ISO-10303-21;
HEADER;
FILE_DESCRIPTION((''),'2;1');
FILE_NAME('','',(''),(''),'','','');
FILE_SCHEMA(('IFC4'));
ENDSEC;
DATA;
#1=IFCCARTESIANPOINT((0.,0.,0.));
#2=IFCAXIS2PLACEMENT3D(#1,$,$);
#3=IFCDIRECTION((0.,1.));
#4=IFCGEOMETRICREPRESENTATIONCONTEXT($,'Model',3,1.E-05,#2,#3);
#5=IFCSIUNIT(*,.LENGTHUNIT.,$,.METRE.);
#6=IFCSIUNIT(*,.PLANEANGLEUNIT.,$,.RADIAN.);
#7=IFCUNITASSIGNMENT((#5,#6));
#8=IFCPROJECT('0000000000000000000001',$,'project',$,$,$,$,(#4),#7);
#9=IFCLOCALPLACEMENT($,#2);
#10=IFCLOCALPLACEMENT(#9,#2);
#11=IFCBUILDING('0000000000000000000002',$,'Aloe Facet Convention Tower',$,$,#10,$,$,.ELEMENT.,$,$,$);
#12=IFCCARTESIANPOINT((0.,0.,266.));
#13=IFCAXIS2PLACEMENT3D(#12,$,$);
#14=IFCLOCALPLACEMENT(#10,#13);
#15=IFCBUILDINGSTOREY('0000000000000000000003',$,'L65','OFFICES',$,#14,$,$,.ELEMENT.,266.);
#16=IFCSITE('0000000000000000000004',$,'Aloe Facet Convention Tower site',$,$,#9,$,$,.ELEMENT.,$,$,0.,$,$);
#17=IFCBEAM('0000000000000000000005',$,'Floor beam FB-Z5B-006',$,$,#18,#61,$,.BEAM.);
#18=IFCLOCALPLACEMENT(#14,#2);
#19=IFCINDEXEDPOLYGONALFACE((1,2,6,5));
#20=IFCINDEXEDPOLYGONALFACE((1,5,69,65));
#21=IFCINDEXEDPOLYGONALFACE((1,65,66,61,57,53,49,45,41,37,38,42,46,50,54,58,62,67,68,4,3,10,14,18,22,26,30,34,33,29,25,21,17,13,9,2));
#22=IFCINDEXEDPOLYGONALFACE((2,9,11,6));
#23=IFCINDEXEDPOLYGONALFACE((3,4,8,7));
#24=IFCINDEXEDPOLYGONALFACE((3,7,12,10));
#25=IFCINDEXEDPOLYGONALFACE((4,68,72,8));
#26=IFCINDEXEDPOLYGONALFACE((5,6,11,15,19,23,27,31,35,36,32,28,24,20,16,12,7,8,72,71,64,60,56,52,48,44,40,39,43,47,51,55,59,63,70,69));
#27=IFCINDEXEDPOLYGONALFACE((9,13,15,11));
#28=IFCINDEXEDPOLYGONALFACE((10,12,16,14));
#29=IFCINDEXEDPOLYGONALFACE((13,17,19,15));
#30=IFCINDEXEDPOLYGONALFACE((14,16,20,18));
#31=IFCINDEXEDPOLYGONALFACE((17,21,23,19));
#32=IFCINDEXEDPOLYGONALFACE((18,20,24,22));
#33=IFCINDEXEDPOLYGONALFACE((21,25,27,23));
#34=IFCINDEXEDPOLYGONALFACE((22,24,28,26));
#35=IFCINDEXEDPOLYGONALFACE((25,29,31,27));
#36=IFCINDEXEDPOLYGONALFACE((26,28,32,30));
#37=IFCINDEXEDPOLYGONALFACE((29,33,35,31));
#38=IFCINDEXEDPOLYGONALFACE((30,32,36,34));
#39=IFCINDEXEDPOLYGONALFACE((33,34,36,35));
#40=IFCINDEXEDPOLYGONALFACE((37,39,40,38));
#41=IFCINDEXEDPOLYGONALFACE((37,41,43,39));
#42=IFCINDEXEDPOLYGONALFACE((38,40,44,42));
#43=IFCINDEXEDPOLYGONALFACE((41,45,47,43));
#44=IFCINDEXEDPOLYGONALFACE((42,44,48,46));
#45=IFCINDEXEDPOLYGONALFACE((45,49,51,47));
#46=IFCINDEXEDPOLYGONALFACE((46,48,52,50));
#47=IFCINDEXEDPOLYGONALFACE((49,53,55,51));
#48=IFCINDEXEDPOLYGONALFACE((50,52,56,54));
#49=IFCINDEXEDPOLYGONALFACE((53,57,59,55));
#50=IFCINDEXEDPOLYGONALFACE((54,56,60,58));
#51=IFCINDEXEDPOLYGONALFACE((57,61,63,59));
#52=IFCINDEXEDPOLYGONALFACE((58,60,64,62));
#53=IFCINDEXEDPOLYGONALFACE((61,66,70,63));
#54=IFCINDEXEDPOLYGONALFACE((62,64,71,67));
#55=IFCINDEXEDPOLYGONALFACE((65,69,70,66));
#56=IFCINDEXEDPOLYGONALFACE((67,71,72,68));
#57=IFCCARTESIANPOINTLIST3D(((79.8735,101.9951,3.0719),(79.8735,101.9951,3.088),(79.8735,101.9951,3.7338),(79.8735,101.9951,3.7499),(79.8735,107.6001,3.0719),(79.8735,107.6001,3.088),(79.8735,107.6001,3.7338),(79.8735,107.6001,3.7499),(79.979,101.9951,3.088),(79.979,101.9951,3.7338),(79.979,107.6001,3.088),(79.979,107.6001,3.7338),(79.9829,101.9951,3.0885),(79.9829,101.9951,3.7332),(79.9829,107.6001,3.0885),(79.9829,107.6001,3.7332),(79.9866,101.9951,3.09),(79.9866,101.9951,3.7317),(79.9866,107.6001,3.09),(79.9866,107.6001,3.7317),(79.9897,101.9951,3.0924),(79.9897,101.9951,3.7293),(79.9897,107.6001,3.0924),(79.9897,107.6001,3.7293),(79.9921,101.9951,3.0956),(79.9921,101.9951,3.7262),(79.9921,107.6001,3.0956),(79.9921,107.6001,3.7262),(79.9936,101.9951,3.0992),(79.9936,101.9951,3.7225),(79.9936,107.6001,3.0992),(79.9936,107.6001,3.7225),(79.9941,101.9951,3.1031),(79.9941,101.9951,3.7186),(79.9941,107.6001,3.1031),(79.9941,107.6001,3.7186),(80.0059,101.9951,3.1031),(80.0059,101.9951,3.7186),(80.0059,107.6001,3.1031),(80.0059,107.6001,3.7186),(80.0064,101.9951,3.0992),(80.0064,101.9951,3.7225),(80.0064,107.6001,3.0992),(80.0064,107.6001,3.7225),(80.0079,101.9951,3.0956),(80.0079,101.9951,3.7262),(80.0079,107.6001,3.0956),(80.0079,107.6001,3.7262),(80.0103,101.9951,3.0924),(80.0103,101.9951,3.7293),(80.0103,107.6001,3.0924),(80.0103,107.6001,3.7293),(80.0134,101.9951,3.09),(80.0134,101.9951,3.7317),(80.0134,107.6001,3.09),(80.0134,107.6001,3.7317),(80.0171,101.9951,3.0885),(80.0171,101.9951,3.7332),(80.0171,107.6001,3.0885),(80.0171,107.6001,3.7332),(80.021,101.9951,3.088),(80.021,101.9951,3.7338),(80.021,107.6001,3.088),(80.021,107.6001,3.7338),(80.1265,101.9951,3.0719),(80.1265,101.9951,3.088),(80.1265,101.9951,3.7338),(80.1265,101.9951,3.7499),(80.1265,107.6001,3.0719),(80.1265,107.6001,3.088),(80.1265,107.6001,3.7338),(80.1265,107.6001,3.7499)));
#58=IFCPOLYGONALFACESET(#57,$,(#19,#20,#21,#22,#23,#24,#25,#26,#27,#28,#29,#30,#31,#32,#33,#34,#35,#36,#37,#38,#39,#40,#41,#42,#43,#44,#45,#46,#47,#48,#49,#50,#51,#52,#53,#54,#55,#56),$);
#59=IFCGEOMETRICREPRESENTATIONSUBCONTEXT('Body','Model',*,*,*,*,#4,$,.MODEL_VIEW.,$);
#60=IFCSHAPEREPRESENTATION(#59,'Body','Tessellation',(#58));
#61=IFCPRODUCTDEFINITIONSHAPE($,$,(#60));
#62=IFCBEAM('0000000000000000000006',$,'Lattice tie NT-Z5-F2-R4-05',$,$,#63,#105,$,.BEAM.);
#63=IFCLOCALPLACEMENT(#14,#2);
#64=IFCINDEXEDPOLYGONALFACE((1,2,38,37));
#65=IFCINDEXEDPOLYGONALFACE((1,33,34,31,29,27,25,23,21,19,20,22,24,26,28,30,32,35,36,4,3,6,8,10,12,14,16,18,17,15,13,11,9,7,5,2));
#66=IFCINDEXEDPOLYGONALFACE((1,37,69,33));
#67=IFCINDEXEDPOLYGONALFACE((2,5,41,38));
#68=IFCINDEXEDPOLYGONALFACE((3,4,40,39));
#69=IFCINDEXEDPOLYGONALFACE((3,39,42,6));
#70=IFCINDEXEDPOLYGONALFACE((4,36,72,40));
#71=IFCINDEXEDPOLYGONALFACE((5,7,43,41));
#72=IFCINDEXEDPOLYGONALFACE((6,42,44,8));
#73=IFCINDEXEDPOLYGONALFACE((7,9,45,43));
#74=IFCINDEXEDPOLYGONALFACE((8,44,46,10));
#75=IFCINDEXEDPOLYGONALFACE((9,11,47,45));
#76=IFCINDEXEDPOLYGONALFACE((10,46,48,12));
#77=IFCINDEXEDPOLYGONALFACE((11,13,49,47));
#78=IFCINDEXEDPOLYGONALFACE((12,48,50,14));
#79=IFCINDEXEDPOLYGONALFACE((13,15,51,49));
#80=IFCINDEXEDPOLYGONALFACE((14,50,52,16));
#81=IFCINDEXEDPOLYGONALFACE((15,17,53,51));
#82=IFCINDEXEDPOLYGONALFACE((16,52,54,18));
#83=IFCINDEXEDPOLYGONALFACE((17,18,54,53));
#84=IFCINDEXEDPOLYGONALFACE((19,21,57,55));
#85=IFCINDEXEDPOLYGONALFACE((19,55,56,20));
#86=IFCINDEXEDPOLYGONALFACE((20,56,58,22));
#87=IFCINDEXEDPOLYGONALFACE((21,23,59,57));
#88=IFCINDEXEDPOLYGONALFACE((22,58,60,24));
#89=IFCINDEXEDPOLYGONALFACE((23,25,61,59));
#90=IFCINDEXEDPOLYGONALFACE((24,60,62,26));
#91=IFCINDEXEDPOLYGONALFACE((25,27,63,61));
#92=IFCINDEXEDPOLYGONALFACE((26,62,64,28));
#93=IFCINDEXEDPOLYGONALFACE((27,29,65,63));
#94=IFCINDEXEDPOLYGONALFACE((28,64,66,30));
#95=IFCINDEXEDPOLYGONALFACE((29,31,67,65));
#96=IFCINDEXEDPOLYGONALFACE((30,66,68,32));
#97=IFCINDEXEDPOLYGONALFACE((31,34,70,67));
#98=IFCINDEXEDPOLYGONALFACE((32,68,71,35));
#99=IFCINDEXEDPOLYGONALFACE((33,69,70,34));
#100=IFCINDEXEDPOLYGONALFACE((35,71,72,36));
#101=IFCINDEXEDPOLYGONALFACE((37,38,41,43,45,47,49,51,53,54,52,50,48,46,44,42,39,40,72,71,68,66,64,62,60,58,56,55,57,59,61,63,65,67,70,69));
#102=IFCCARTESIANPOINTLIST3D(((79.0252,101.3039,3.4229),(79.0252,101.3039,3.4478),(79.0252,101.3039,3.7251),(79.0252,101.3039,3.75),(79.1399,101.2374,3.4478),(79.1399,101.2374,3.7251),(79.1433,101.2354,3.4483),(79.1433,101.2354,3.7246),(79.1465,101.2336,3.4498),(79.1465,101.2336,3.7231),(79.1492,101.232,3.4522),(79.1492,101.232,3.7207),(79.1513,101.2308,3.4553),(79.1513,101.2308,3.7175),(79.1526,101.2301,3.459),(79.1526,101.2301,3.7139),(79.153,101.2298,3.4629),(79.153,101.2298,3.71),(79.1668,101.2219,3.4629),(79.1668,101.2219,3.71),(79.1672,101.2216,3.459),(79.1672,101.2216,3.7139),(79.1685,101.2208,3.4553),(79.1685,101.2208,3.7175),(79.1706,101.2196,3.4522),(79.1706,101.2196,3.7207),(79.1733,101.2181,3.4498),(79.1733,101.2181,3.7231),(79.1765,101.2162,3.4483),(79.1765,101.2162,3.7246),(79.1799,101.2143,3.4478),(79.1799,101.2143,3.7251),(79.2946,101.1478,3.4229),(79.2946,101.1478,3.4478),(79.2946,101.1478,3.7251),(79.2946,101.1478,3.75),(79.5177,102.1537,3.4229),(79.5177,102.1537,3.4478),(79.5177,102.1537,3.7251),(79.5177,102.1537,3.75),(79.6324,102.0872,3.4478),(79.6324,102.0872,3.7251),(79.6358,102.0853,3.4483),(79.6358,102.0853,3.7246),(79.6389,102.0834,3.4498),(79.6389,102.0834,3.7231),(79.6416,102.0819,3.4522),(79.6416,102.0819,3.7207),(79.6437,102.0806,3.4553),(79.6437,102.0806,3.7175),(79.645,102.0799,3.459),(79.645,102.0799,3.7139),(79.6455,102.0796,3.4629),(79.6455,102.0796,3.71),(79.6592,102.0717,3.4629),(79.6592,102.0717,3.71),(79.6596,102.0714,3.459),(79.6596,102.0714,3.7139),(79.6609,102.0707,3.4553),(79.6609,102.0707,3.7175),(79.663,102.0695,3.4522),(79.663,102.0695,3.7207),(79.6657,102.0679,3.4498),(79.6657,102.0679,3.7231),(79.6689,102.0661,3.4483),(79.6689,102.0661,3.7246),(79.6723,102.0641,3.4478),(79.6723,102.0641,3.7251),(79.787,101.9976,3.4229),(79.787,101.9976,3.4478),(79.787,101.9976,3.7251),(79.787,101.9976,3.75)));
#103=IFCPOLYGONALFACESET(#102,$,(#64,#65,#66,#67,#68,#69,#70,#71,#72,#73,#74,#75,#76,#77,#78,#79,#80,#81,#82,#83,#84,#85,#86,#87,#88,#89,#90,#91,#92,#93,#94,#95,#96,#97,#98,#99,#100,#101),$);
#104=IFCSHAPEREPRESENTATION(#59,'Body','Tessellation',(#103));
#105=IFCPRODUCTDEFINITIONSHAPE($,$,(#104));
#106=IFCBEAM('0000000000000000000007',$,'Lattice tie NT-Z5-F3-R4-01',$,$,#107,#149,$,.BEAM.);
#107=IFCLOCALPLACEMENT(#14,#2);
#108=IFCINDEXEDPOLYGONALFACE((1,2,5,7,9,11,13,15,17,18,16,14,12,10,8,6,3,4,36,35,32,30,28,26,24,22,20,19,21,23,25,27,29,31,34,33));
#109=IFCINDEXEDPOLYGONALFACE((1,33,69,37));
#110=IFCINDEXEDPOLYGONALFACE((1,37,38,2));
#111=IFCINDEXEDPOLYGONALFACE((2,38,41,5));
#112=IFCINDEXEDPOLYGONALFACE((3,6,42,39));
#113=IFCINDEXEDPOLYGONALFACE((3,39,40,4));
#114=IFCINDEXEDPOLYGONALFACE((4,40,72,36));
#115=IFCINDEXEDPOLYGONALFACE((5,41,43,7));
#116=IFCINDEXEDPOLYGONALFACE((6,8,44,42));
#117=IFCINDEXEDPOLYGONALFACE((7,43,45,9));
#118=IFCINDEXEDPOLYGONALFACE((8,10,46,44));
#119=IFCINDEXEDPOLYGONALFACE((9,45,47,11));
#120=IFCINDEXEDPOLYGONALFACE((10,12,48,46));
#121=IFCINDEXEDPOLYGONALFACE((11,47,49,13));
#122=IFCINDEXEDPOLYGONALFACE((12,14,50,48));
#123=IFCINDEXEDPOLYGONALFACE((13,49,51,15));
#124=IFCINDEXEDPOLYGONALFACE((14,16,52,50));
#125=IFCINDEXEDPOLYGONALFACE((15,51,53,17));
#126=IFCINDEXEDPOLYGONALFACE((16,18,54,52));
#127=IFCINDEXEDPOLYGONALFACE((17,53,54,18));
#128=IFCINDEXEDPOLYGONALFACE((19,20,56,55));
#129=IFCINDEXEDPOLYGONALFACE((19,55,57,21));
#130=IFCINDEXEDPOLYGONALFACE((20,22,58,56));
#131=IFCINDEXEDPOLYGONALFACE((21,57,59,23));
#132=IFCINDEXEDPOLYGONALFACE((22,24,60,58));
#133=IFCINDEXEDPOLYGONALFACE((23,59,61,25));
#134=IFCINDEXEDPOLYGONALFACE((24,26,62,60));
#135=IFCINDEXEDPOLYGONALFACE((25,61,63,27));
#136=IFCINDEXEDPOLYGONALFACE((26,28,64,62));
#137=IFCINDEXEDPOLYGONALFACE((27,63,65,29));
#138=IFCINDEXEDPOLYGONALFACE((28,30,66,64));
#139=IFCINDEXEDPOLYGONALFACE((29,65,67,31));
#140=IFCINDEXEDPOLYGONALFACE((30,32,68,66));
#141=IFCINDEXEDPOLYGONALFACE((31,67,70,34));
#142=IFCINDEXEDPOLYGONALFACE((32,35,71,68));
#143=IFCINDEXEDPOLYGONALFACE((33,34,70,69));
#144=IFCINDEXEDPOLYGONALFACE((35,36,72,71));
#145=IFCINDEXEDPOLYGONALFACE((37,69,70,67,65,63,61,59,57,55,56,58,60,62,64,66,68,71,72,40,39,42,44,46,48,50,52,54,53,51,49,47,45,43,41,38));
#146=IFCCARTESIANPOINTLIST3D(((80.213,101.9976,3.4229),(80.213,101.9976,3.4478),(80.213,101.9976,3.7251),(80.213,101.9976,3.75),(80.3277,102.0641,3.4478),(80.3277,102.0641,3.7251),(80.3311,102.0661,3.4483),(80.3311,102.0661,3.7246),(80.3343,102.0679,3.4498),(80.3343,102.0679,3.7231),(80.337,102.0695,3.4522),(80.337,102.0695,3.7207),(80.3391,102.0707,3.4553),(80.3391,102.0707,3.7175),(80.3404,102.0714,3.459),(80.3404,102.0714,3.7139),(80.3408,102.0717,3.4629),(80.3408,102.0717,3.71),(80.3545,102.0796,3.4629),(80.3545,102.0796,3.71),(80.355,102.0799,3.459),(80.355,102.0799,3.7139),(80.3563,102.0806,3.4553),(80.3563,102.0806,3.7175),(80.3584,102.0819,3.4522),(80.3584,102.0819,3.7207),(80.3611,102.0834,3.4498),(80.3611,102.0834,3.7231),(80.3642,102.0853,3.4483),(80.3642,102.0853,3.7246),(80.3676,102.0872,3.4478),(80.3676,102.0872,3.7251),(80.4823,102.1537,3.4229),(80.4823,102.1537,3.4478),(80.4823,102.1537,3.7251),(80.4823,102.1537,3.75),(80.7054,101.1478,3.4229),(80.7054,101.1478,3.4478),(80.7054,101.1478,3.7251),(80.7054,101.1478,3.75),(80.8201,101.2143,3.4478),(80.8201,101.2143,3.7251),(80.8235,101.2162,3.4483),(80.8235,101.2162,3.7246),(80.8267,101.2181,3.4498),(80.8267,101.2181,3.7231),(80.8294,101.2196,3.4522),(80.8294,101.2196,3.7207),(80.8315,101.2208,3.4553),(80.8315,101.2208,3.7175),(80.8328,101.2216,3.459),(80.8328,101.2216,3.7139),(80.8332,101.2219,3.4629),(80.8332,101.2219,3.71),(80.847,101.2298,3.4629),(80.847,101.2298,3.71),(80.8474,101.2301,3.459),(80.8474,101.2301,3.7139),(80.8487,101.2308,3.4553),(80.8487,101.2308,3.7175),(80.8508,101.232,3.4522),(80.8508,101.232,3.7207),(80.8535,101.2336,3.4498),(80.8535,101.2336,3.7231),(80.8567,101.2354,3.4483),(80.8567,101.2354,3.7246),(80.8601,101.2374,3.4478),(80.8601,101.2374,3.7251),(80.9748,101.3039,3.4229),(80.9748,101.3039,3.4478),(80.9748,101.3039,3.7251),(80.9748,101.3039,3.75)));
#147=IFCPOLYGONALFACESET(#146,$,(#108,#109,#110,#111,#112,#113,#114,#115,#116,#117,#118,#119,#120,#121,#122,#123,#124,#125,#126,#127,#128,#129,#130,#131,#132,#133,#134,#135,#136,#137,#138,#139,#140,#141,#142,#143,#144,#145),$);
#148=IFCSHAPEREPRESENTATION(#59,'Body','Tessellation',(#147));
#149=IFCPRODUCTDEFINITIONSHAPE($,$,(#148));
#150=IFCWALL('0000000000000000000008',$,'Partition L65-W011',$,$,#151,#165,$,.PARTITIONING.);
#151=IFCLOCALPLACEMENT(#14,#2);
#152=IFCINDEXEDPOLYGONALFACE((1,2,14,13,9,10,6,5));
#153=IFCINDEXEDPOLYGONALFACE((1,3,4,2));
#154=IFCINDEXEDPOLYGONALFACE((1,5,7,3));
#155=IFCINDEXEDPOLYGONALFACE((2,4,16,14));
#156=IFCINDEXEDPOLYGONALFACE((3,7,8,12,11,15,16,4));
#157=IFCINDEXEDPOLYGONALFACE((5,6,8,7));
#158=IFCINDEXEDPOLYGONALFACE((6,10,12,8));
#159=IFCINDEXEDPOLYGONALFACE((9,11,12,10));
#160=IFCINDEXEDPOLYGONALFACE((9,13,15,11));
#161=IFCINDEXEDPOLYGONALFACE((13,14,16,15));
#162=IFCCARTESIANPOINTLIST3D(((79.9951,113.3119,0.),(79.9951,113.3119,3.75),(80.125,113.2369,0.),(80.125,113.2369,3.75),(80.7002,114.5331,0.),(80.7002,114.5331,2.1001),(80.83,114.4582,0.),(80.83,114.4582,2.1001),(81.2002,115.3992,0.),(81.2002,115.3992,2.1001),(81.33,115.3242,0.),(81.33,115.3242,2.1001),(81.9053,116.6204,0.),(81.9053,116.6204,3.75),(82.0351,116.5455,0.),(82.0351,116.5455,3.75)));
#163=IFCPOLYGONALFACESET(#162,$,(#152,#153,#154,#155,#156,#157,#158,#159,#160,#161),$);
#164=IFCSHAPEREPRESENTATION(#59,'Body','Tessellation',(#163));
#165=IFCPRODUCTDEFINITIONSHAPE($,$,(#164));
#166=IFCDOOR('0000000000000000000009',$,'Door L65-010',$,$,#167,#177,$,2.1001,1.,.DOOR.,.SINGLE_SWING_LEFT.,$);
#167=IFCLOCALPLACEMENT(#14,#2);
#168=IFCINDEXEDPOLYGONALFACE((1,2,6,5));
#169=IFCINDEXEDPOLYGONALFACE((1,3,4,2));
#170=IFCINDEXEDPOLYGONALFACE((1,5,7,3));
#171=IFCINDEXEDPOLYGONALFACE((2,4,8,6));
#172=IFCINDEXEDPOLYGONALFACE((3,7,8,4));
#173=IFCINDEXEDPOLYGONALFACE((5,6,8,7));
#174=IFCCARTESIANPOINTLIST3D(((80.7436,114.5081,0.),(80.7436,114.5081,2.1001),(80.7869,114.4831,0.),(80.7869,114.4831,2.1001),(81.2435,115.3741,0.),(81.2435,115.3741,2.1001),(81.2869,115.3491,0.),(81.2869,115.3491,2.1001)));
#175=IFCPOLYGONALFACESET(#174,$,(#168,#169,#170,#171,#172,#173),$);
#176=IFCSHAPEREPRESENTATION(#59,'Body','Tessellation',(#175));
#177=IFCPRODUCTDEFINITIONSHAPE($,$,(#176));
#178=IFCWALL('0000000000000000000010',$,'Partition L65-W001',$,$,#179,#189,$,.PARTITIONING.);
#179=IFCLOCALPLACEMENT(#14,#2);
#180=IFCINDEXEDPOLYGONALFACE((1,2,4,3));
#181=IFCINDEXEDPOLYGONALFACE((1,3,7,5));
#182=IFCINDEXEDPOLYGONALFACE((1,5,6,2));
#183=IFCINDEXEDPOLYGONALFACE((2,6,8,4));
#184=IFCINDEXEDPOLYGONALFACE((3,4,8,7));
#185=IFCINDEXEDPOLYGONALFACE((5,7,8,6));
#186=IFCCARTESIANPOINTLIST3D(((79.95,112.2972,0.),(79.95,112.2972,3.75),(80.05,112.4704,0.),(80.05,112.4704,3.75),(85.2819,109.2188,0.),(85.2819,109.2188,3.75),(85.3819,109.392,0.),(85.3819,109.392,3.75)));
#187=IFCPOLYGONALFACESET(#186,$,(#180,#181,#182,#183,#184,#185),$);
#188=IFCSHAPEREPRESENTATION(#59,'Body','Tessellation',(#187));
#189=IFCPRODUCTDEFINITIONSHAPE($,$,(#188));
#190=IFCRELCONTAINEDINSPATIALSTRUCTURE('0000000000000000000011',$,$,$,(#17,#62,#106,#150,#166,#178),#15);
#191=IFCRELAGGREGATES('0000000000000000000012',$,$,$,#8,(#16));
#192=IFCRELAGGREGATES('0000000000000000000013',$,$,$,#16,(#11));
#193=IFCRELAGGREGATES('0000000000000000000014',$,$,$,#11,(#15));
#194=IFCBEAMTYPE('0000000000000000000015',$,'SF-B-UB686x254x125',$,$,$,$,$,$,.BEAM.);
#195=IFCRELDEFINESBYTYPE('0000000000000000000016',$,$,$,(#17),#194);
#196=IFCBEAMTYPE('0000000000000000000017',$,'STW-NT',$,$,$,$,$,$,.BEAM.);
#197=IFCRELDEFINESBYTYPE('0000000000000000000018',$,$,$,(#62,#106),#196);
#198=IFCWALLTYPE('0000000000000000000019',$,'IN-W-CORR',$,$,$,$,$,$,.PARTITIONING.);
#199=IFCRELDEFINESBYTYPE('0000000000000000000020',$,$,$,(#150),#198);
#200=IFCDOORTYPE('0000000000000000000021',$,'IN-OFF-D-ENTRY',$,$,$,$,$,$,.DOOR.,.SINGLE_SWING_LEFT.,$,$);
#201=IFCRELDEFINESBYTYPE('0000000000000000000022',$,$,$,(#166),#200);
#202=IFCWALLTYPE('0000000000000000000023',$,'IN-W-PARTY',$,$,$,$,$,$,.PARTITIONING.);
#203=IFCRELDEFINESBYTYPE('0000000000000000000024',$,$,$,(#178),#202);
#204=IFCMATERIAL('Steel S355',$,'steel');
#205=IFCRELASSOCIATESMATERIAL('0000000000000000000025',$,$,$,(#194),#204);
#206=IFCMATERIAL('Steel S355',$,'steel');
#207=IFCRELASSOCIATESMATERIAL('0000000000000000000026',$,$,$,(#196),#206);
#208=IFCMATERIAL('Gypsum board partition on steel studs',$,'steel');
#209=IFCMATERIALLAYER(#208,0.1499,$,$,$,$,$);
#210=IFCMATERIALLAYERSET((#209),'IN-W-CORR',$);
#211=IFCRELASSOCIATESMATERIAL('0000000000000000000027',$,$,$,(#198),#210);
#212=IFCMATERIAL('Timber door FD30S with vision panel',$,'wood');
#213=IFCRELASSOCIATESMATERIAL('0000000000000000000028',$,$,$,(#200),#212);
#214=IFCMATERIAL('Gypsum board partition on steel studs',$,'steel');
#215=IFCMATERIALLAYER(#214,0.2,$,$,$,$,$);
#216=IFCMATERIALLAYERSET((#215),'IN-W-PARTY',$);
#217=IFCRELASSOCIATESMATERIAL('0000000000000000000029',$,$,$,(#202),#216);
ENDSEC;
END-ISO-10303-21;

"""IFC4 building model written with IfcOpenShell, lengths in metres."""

from ifc_helpers import new_model, si_unit, direction, frame, frame_2d, origin, origin_2d, place, context, subcontext, project, spatial, rectangle, i_section, extrude, material, layer, layer_set, material_profile, profile_set, type_object, element, fill, save


model = new_model("IFC4")

# Units and contexts
model_context = context("Model", 3, precision=1e-05, world=origin(), true_north=direction((0.0, 1.0)))
body_context = subcontext(model_context, "Body", "Model", "MODEL_VIEW")
ifc_project = project(units=[si_unit("LENGTHUNIT", "METRE"), si_unit("PLANEANGLEUNIT", "RADIAN")], contexts=[model_context])

# Site, building, storey
site_placement = place(None, origin())
site = spatial("IfcSite", under=ifc_project, at=site_placement, Name="Aloe Facet Convention Tower site", CompositionType="ELEMENT", RefElevation=0.0)
building_placement = place(site_placement, origin())
building = spatial("IfcBuilding", under=site, at=building_placement, Name="Aloe Facet Convention Tower", CompositionType="ELEMENT")
storey_placement = place(building_placement, frame((0.0, 0.0, 266.0)))
storey = spatial("IfcBuildingStorey", under=building, at=storey_placement, Name="L65", Description="OFFICES", CompositionType="ELEMENT", Elevation=266.0)

# Beams
ifc_material_1 = material(Name="Steel S355", Category="steel")
ifc_material_profile_1 = material_profile(ifc_material_1, i_section(OverallWidth=0.2529, OverallDepth=0.678, WebThickness=0.0117, FlangeThickness=0.0161, FilletRadius=0.0151, at=origin_2d()), Name="UB 686x254x125")
ifc_profile_set_1 = profile_set([ifc_material_profile_1], Name="Steel S355")
beam_type_1 = type_object("IfcBeamType", Name="SF-B-UB686x254x125", PredefinedType="BEAM", material=ifc_profile_set_1)
beam_1_placement = place(storey_placement, frame((80.0, 107.6001, 3.4109), z_axis=(0.0, -1.0, 0.0), x_axis=(1.0, 0.0, 0.0)))
element("IfcBeam", 1, at=beam_1_placement, inside=storey, type_object=beam_type_1, Name="Floor beam FB-Z5B-006", PredefinedType="BEAM", context=body_context, shape_type="SweptSolid", body=[
    extrude(i_section(OverallWidth=0.2529, OverallDepth=0.678, WebThickness=0.0117, FlangeThickness=0.0161, FilletRadius=0.0151, at=origin_2d()), origin(), (0.0, 0.0, 1.0), 5.605),
])
ifc_material_2 = material(Name="Steel S355", Category="steel")
ifc_material_profile_2 = material_profile(ifc_material_2, i_section(OverallWidth=0.3113, OverallDepth=0.3271, WebThickness=0.0159, FlangeThickness=0.0249, FilletRadius=0.0151, at=origin_2d()), Name="UC 305x305x158")
ifc_profile_set_2 = profile_set([ifc_material_profile_2], Name="Steel S355")
beam_type_2 = type_object("IfcBeamType", Name="STW-NT", PredefinedType="BEAM", material=ifc_profile_set_2)
for number, where, z_axis, x_axis, name in (
    (2, (79.1599, 101.2258, 3.5864), (0.50135, 0.865245, 0.0), (-0.865245, 0.50135, 0.0), "Lattice tie NT-Z5-F2-R4-05"),
    (3, (80.8401, 101.2258, 3.5864), (-0.50135, 0.865245, 0.0), (-0.865245, -0.50135, 0.0), "Lattice tie NT-Z5-F3-R4-01"),
):
    element("IfcBeam", number, at=place(storey_placement, frame(where, z_axis=z_axis, x_axis=x_axis)), inside=storey, type_object=beam_type_2, Name=name, PredefinedType="BEAM", context=body_context, shape_type="SweptSolid", body=[
        extrude(i_section(OverallWidth=0.3113, OverallDepth=0.3271, WebThickness=0.0159, FlangeThickness=0.0249, FilletRadius=0.0151, at=origin_2d()), origin(), (0.0, 0.0, 1.0), 0.9822),
    ])

# Wall, opening, door
ifc_material_3 = material(Name="Gypsum board partition on steel studs", Category="steel")
ifc_layer_1 = layer(ifc_material_3, 0.1499)
ifc_layer_set_1 = layer_set([ifc_layer_1], Name="IN-W-CORR")
wall_type_1 = type_object("IfcWallType", Name="IN-W-CORR", PredefinedType="PARTITIONING", material=ifc_layer_set_1)
wall_1_placement = place(storey_placement, frame((80.0601, 113.2744, 0.0), z_axis=(0.0, 0.0, 1.0), x_axis=(0.499988, 0.866032, 0.0)))
wall_1 = element("IfcWall", 4, at=wall_1_placement, inside=storey, type_object=wall_type_1, Name="Partition L65-W011", PredefinedType="PARTITIONING", context=body_context, shape_type="SweptSolid", body=[
    extrude(rectangle(XDim=3.8203, YDim=0.1499, at=frame_2d((1.9102, 0.0))), origin(), (0.0, 0.0, 1.0), 3.75),
])
opening_placement = place(wall_1_placement, frame((1.4102, 0.0, 0.0)))
opening = element("IfcOpeningElement", 5, at=opening_placement, cuts=wall_1, PredefinedType="OPENING", context=body_context, shape_type="SweptSolid", body=[
    extrude(rectangle(XDim=1.0, YDim=2.1001, at=frame_2d((0.5, 1.05))), frame((0.0, 0.085, 0.0), z_axis=(0.0, -1.0, 0.0), x_axis=(1.0, 0.0, 0.0)), (0.0, 0.0, 1.0), 0.1699),
])
ifc_material_4 = material(Name="Timber door FD30S with vision panel", Category="wood")
door_type = type_object("IfcDoorType", Name="IN-OFF-D-ENTRY", OperationType="SINGLE_SWING_LEFT", PredefinedType="DOOR", material=ifc_material_4)
door_placement = place(opening_placement, origin())
door = element("IfcDoor", 6, at=door_placement, inside=storey, type_object=door_type, Name="Door L65-010", OperationType="SINGLE_SWING_LEFT", OverallHeight=2.1001, OverallWidth=1.0, PredefinedType="DOOR", context=body_context, shape_type="SweptSolid", body=[
    extrude(rectangle(XDim=1.0, YDim=2.1001, at=frame_2d((0.5, 1.05))), frame((0.0, 0.0249, 0.0), z_axis=(0.0, -1.0, 0.0), x_axis=(1.0, 0.0, 0.0)), (0.0, 0.0, 1.0), 0.05),
])
fill(opening, door)

# Wall
ifc_material_5 = material(Name="Gypsum board partition on steel studs", Category="steel")
ifc_layer_2 = layer(ifc_material_5, 0.2)
ifc_layer_set_2 = layer_set([ifc_layer_2], Name="IN-W-PARTY")
wall_type_2 = type_object("IfcWallType", Name="IN-W-PARTY", PredefinedType="PARTITIONING", material=ifc_layer_set_2)
wall_2_placement = place(storey_placement, frame((80.0, 112.3838, 0.0), z_axis=(0.0, 0.0, 1.0), x_axis=(0.866021, -0.500007, 0.0)))
element("IfcWall", 7, at=wall_2_placement, inside=storey, type_object=wall_type_2, Name="Partition L65-W001", PredefinedType="PARTITIONING", context=body_context, shape_type="SweptSolid", body=[
    extrude(rectangle(XDim=6.1567, YDim=0.2, at=frame_2d((3.0784, 0.0))), origin(), (0.0, 0.0, 1.0), 3.75),
])

save(model, "model.ifc")
